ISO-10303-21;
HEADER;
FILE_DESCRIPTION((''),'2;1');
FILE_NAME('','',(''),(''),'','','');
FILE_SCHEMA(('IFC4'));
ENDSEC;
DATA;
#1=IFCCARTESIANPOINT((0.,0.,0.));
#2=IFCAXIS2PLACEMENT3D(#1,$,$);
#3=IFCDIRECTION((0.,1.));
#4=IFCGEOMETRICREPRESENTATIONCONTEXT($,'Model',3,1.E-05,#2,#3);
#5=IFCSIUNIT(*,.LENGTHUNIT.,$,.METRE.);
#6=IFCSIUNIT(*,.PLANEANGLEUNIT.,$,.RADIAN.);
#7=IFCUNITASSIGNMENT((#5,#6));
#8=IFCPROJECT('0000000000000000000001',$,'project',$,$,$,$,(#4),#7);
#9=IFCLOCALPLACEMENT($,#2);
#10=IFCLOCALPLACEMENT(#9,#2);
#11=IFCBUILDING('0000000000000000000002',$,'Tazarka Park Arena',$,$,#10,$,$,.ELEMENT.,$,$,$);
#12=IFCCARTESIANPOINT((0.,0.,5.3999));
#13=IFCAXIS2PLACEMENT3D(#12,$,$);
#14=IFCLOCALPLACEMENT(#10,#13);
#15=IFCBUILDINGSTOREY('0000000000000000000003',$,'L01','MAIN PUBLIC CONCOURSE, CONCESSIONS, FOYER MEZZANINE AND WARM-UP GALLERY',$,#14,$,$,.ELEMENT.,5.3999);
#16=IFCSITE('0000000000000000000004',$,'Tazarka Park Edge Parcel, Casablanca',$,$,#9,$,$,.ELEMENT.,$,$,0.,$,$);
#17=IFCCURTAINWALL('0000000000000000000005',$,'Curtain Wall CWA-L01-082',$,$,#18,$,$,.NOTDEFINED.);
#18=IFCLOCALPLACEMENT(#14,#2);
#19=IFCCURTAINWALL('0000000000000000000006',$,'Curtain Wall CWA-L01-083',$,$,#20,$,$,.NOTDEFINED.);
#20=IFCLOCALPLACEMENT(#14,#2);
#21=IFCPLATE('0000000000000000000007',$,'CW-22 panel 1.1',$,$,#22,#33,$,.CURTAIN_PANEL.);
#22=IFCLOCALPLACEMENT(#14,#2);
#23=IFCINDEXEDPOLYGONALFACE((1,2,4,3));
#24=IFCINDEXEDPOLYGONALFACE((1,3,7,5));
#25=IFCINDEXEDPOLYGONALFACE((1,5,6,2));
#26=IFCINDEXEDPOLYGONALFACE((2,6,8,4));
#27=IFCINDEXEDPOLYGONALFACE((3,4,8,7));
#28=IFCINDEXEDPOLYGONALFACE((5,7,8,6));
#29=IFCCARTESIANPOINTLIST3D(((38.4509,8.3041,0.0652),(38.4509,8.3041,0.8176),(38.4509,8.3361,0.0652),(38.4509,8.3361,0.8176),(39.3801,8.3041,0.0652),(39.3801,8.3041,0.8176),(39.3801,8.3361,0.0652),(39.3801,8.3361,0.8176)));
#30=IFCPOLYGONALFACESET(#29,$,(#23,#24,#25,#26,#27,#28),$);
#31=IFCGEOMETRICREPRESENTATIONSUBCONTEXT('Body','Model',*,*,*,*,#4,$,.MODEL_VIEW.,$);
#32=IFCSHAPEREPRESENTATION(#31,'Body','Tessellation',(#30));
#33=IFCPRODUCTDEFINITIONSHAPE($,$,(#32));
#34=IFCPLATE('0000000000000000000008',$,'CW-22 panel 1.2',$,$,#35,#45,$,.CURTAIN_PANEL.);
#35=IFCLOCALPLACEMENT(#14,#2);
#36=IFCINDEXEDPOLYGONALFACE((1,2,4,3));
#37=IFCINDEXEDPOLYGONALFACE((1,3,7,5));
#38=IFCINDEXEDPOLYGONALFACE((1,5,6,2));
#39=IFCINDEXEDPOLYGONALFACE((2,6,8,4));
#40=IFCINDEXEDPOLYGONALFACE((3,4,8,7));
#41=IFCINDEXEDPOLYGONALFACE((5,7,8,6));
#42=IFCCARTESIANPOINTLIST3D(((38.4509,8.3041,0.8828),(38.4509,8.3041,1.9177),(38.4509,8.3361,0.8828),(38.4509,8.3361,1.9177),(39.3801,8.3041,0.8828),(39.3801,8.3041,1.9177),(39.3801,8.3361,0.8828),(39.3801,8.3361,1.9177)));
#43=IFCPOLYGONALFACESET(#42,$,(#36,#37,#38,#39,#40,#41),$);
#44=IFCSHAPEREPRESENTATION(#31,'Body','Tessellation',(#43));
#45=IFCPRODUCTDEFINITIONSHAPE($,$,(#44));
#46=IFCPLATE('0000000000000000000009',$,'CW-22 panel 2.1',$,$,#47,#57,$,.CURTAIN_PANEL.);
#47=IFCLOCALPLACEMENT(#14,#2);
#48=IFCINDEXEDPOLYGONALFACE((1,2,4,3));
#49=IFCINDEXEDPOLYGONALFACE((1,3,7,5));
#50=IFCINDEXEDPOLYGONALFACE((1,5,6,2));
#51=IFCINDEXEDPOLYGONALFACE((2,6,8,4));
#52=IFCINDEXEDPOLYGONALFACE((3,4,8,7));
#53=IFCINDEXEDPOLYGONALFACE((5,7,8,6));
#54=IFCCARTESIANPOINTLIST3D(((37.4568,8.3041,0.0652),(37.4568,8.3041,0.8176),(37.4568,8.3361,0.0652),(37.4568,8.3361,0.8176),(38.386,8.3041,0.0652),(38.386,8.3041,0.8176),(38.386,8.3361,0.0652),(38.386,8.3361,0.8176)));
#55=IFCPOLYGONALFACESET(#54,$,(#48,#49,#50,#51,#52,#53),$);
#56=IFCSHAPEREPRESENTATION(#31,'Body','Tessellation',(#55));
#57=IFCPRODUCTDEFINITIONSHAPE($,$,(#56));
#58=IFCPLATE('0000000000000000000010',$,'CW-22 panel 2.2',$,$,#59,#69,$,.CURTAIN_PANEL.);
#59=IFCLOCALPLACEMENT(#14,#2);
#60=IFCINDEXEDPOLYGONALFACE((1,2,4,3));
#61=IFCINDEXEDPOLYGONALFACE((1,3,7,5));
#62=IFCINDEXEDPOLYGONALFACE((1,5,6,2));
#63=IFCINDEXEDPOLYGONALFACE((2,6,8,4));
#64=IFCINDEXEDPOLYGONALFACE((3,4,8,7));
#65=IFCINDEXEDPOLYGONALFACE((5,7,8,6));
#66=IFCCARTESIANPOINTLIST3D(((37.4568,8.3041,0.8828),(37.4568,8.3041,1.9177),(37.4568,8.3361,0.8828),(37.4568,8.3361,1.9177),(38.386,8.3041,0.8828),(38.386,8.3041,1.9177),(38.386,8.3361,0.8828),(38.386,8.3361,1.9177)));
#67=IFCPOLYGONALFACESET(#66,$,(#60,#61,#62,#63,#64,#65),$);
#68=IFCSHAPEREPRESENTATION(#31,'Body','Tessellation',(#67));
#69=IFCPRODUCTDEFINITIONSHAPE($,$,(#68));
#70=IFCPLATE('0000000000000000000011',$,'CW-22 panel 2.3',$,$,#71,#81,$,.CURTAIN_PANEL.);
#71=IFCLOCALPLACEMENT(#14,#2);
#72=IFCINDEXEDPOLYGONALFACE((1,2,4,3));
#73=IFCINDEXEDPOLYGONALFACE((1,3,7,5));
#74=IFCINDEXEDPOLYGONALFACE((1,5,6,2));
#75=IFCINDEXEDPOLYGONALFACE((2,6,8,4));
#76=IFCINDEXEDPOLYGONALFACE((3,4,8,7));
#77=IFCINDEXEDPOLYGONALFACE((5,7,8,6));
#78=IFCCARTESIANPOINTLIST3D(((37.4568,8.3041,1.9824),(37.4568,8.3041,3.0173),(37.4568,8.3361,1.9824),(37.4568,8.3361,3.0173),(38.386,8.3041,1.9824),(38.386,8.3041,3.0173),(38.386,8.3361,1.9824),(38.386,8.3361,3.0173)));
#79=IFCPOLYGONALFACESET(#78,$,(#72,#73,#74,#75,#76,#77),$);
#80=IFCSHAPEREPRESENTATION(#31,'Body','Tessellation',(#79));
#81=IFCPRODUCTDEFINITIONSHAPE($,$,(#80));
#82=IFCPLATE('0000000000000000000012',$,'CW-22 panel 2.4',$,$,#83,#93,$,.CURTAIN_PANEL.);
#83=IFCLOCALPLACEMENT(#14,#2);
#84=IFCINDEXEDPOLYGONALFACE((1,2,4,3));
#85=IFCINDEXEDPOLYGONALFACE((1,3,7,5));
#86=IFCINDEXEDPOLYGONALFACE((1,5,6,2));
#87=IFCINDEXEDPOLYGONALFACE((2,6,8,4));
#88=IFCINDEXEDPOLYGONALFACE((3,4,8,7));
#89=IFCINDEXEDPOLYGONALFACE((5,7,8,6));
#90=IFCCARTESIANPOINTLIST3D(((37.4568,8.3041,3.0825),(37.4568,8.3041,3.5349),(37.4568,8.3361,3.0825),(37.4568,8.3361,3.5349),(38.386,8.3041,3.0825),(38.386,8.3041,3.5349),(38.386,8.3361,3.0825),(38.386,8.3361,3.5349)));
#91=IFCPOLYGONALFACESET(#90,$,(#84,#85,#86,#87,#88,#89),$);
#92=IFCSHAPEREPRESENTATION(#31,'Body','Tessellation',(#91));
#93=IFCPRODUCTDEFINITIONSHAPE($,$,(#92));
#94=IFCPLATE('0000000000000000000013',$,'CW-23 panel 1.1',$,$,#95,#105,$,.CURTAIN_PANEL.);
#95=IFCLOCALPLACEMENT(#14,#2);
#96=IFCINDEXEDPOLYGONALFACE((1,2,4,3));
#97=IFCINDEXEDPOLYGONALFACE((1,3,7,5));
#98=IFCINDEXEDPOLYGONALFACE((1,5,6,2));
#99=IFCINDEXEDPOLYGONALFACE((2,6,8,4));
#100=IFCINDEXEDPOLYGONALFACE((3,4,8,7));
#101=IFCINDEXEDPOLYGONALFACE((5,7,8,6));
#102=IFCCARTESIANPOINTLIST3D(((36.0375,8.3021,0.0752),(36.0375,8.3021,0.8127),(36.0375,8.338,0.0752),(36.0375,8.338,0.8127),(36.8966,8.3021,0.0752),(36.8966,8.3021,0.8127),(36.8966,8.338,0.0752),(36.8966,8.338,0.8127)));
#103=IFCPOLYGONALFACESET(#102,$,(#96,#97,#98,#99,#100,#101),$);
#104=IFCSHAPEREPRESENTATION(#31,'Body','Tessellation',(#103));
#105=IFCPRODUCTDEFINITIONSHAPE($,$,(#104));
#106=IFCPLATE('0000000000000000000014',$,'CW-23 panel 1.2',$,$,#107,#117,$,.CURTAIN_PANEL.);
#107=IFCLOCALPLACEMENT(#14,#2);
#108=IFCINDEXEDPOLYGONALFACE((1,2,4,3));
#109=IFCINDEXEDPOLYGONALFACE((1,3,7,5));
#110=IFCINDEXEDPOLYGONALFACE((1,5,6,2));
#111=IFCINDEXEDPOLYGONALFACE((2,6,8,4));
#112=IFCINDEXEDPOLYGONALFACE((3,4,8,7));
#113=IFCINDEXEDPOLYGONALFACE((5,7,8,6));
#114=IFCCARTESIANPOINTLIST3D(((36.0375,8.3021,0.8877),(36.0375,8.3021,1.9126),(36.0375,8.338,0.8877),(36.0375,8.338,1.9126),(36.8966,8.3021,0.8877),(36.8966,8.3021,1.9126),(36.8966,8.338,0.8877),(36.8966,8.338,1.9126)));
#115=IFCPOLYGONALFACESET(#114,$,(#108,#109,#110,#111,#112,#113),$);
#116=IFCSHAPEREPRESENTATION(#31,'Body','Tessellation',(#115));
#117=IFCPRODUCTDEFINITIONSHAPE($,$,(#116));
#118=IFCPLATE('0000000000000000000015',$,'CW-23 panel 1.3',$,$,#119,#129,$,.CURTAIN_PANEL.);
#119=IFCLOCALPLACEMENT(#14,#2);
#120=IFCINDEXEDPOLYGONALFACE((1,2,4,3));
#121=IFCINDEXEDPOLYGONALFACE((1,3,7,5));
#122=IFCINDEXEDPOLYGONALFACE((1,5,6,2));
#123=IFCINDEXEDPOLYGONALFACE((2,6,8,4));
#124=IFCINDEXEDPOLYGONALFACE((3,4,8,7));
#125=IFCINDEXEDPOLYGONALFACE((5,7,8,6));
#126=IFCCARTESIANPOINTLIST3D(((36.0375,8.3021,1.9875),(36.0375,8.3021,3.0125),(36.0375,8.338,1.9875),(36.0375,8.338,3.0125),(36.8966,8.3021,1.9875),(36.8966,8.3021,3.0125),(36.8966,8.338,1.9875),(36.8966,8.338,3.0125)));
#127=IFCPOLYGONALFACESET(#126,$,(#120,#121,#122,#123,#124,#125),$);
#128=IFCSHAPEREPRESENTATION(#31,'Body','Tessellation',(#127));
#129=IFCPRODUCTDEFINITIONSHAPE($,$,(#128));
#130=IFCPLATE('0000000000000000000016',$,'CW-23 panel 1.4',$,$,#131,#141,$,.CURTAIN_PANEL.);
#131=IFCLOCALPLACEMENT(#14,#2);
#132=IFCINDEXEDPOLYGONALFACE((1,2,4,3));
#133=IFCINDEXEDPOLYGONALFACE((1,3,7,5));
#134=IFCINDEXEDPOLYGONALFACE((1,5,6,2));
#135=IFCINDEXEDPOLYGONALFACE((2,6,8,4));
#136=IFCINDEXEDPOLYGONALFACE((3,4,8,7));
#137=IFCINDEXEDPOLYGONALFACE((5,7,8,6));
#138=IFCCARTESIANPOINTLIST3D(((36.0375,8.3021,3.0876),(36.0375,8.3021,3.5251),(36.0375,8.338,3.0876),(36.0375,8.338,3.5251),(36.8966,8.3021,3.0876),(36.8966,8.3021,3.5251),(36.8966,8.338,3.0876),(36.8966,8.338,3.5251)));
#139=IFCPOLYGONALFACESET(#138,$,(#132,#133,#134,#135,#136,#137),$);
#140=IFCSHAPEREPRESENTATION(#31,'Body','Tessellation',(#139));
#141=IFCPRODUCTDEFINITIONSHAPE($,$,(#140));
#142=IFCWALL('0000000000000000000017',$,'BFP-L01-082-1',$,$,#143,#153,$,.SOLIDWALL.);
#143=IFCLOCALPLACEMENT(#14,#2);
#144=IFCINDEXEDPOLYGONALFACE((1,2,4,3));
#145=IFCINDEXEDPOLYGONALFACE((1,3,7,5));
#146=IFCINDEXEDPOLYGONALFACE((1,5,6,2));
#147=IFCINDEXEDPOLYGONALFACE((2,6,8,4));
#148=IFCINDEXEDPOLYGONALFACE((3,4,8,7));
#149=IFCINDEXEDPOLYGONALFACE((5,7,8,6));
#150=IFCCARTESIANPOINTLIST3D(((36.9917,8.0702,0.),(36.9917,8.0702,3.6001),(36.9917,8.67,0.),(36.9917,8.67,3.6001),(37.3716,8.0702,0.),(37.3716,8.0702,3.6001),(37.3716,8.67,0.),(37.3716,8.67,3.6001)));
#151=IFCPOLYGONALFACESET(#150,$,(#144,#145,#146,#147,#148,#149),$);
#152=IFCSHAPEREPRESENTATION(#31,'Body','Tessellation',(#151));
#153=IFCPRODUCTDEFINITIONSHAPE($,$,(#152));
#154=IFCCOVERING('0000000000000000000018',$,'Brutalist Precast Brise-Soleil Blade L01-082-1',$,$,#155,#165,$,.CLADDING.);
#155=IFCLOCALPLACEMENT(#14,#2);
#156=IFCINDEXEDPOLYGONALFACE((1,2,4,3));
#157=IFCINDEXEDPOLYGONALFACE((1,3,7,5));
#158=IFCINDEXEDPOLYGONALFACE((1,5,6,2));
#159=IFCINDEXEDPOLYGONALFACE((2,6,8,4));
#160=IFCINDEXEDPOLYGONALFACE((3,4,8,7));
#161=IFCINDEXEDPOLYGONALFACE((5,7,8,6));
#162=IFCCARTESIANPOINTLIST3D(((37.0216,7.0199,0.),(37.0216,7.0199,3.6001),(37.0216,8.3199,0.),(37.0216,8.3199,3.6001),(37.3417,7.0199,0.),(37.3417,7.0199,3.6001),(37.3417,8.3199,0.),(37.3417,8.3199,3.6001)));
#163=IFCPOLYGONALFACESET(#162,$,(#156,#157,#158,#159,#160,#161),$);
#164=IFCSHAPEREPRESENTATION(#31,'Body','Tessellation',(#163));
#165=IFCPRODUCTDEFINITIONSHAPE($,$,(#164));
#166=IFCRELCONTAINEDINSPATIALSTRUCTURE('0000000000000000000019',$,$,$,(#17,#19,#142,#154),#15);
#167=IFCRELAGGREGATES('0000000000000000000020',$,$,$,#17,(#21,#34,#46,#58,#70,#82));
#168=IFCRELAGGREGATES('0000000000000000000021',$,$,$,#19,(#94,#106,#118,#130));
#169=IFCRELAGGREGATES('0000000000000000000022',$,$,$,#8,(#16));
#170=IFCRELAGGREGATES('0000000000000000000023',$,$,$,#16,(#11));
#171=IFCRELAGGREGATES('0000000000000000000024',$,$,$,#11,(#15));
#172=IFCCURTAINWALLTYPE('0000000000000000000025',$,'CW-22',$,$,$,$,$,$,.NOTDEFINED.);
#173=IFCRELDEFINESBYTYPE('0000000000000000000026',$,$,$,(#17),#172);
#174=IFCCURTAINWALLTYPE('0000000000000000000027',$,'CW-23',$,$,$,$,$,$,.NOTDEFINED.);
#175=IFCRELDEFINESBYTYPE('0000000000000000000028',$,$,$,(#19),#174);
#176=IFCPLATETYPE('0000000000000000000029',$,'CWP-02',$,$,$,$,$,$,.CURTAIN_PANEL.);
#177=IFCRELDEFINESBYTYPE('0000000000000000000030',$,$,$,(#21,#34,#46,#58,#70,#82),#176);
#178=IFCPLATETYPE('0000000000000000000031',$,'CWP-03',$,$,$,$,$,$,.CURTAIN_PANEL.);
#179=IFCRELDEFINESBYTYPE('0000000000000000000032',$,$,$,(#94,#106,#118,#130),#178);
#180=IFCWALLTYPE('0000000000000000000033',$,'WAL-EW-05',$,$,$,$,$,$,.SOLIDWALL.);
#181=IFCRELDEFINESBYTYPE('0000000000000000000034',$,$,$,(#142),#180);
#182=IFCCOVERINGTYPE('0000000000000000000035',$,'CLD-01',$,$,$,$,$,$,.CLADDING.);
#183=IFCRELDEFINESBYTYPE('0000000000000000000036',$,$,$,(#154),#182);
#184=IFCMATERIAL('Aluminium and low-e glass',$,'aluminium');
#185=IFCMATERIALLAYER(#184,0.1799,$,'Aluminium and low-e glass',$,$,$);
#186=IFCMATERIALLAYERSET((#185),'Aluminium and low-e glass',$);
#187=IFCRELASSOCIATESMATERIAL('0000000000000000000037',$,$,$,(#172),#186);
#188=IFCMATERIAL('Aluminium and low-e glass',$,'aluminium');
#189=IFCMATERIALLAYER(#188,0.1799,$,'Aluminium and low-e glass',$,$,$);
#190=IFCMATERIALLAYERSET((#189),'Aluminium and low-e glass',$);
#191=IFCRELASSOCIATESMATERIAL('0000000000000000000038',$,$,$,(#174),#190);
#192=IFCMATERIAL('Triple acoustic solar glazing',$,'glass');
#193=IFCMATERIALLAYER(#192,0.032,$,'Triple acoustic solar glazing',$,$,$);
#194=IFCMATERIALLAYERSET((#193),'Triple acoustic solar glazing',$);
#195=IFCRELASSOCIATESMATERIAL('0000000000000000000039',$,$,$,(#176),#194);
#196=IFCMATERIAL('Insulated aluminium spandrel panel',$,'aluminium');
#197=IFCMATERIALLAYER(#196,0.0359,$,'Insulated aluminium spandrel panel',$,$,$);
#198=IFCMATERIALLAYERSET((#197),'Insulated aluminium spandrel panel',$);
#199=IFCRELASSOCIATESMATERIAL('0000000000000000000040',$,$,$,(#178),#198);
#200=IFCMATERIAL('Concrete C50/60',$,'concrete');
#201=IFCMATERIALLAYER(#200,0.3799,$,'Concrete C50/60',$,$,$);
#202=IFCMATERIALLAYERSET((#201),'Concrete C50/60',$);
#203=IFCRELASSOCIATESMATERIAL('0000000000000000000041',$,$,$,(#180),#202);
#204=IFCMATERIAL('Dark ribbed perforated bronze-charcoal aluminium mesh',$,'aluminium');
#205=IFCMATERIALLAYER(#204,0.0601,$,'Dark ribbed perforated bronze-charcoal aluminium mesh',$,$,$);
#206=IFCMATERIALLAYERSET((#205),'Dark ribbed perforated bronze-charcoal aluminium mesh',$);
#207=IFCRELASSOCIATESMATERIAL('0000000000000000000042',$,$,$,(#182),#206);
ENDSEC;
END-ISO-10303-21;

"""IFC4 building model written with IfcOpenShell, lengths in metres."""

from ifc_helpers import new_model, si_unit, direction, frame, frame_2d, origin, origin_2d, place, context, subcontext, project, spatial, rectangle, extrude, material, layer, layer_set, type_object, element, aggregate, save


model = new_model("IFC4")

# Units and contexts
model_context = context("Model", 3, precision=1e-05, world=origin(), true_north=direction((0.0, 1.0)))
body_context = subcontext(model_context, "Body", "Model", "MODEL_VIEW")
ifc_project = project(units=[si_unit("LENGTHUNIT", "METRE"), si_unit("PLANEANGLEUNIT", "RADIAN")], contexts=[model_context])

# Site, building, storey
site_placement = place(None, origin())
site = spatial("IfcSite", under=ifc_project, at=site_placement, Name="Tazarka Park Edge Parcel, Casablanca", CompositionType="ELEMENT", RefElevation=0.0)
building_placement = place(site_placement, origin())
building = spatial("IfcBuilding", under=site, at=building_placement, Name="Tazarka Park Arena", CompositionType="ELEMENT")
storey_placement = place(building_placement, frame((0.0, 0.0, 5.3999)))
storey = spatial("IfcBuildingStorey", under=building, at=storey_placement, Name="L01", Description="MAIN PUBLIC CONCOURSE, CONCESSIONS, FOYER MEZZANINE AND WARM-UP GALLERY", CompositionType="ELEMENT", Elevation=5.3999)

# Curtain walls
ifc_material_1 = material(Name="Aluminium and low-e glass", Category="aluminium")
ifc_layer_1 = layer(ifc_material_1, 0.1799, Name="Aluminium and low-e glass")
ifc_layer_set_1 = layer_set([ifc_layer_1], Name="Aluminium and low-e glass")
curtain_wall_type_1 = type_object("IfcCurtainWallType", Name="CW-22", PredefinedType="NOTDEFINED", material=ifc_layer_set_1)
curtain_wall_1_placement = place(storey_placement, origin())
curtain_wall_1 = element("IfcCurtainWall", 1, at=curtain_wall_1_placement, inside=storey, type_object=curtain_wall_type_1, Name="Curtain Wall CWA-L01-082", PredefinedType="NOTDEFINED")
ifc_material_2 = material(Name="Aluminium and low-e glass", Category="aluminium")
ifc_layer_2 = layer(ifc_material_2, 0.1799, Name="Aluminium and low-e glass")
ifc_layer_set_2 = layer_set([ifc_layer_2], Name="Aluminium and low-e glass")
curtain_wall_type_2 = type_object("IfcCurtainWallType", Name="CW-23", PredefinedType="NOTDEFINED", material=ifc_layer_set_2)
curtain_wall_2_placement = place(storey_placement, origin())
curtain_wall_2 = element("IfcCurtainWall", 2, at=curtain_wall_2_placement, inside=storey, type_object=curtain_wall_type_2, Name="Curtain Wall CWA-L01-083", PredefinedType="NOTDEFINED")

# Plates
ifc_material_3 = material(Name="Triple acoustic solar glazing", Category="glass")
ifc_layer_3 = layer(ifc_material_3, 0.032, Name="Triple acoustic solar glazing")
ifc_layer_set_3 = layer_set([ifc_layer_3], Name="Triple acoustic solar glazing")
plate_type_1 = type_object("IfcPlateType", Name="CWP-02", PredefinedType="CURTAIN_PANEL", material=ifc_layer_set_3)
plate_1_placement = place(storey_placement, frame((38.9155, 8.3201, 0.0652), z_axis=(0.0, 0.0, 1.0), x_axis=(-1.0, 0.0, 0.0)))
plate_1 = element("IfcPlate", 3, at=plate_1_placement, type_object=plate_type_1, Name="CW-22 panel 1.1", PredefinedType="CURTAIN_PANEL", context=body_context, shape_type="SweptSolid", body=[
    extrude(rectangle(XDim=0.9292, YDim=0.032, at=origin_2d()), origin(), (0.0, 0.0, 1.0), 0.7524),
])
plate_2_placement = place(storey_placement, frame((38.9155, 8.3201, 0.8828), z_axis=(0.0, 0.0, 1.0), x_axis=(-1.0, 0.0, 0.0)))
plate_2 = element("IfcPlate", 4, at=plate_2_placement, type_object=plate_type_1, Name="CW-22 panel 1.2", PredefinedType="CURTAIN_PANEL", context=body_context, shape_type="SweptSolid", body=[
    extrude(rectangle(XDim=0.9292, YDim=0.032, at=origin_2d()), origin(), (0.0, 0.0, 1.0), 1.0349),
])
plate_3_placement = place(storey_placement, frame((37.9214, 8.3201, 0.0652), z_axis=(0.0, 0.0, 1.0), x_axis=(-1.0, 0.0, 0.0)))
plate_3 = element("IfcPlate", 5, at=plate_3_placement, type_object=plate_type_1, Name="CW-22 panel 2.1", PredefinedType="CURTAIN_PANEL", context=body_context, shape_type="SweptSolid", body=[
    extrude(rectangle(XDim=0.9292, YDim=0.032, at=origin_2d()), origin(), (0.0, 0.0, 1.0), 0.7524),
])
plate_4_placement = place(storey_placement, frame((37.9214, 8.3201, 0.8828), z_axis=(0.0, 0.0, 1.0), x_axis=(-1.0, 0.0, 0.0)))
plate_4 = element("IfcPlate", 6, at=plate_4_placement, type_object=plate_type_1, Name="CW-22 panel 2.2", PredefinedType="CURTAIN_PANEL", context=body_context, shape_type="SweptSolid", body=[
    extrude(rectangle(XDim=0.9292, YDim=0.032, at=origin_2d()), origin(), (0.0, 0.0, 1.0), 1.0349),
])
plate_5_placement = place(storey_placement, frame((37.9214, 8.3201, 1.9824), z_axis=(0.0, 0.0, 1.0), x_axis=(-1.0, 0.0, 0.0)))
plate_5 = element("IfcPlate", 7, at=plate_5_placement, type_object=plate_type_1, Name="CW-22 panel 2.3", PredefinedType="CURTAIN_PANEL", context=body_context, shape_type="SweptSolid", body=[
    extrude(rectangle(XDim=0.9292, YDim=0.032, at=origin_2d()), origin(), (0.0, 0.0, 1.0), 1.0349),
])
plate_6_placement = place(storey_placement, frame((37.9214, 8.3201, 3.0825), z_axis=(0.0, 0.0, 1.0), x_axis=(-1.0, 0.0, 0.0)))
plate_6 = element("IfcPlate", 8, at=plate_6_placement, type_object=plate_type_1, Name="CW-22 panel 2.4", PredefinedType="CURTAIN_PANEL", context=body_context, shape_type="SweptSolid", body=[
    extrude(rectangle(XDim=0.9292, YDim=0.032, at=origin_2d()), origin(), (0.0, 0.0, 1.0), 0.4524),
])
aggregate(curtain_wall_1, [plate_1, plate_2, plate_3, plate_4, plate_5, plate_6])
ifc_material_4 = material(Name="Insulated aluminium spandrel panel", Category="aluminium")
ifc_layer_4 = layer(ifc_material_4, 0.0359, Name="Insulated aluminium spandrel panel")
ifc_layer_set_4 = layer_set([ifc_layer_4], Name="Insulated aluminium spandrel panel")
plate_type_2 = type_object("IfcPlateType", Name="CWP-03", PredefinedType="CURTAIN_PANEL", material=ifc_layer_set_4)
plate_7_placement = place(storey_placement, frame((36.467, 8.3201, 0.0752), z_axis=(0.0, 0.0, 1.0), x_axis=(-1.0, 0.0, 0.0)))
plate_7 = element("IfcPlate", 9, at=plate_7_placement, type_object=plate_type_2, Name="CW-23 panel 1.1", PredefinedType="CURTAIN_PANEL", context=body_context, shape_type="SweptSolid", body=[
    extrude(rectangle(XDim=0.8591, YDim=0.0359, at=origin_2d()), origin(), (0.0, 0.0, 1.0), 0.7375),
])
plate_8_placement = place(storey_placement, frame((36.467, 8.3201, 0.8877), z_axis=(0.0, 0.0, 1.0), x_axis=(-1.0, 0.0, 0.0)))
plate_8 = element("IfcPlate", 10, at=plate_8_placement, type_object=plate_type_2, Name="CW-23 panel 1.2", PredefinedType="CURTAIN_PANEL", context=body_context, shape_type="SweptSolid", body=[
    extrude(rectangle(XDim=0.8591, YDim=0.0359, at=origin_2d()), origin(), (0.0, 0.0, 1.0), 1.0249),
])
plate_9_placement = place(storey_placement, frame((36.467, 8.3201, 1.9875), z_axis=(0.0, 0.0, 1.0), x_axis=(-1.0, 0.0, 0.0)))
plate_9 = element("IfcPlate", 11, at=plate_9_placement, type_object=plate_type_2, Name="CW-23 panel 1.3", PredefinedType="CURTAIN_PANEL", context=body_context, shape_type="SweptSolid", body=[
    extrude(rectangle(XDim=0.8591, YDim=0.0359, at=origin_2d()), origin(), (0.0, 0.0, 1.0), 1.0249),
])
plate_10_placement = place(storey_placement, frame((36.467, 8.3201, 3.0876), z_axis=(0.0, 0.0, 1.0), x_axis=(-1.0, 0.0, 0.0)))
plate_10 = element("IfcPlate", 12, at=plate_10_placement, type_object=plate_type_2, Name="CW-23 panel 1.4", PredefinedType="CURTAIN_PANEL", context=body_context, shape_type="SweptSolid", body=[
    extrude(rectangle(XDim=0.8591, YDim=0.0359, at=origin_2d()), origin(), (0.0, 0.0, 1.0), 0.4375),
])
aggregate(curtain_wall_2, [plate_7, plate_8, plate_9, plate_10])

# Wall
ifc_material_5 = material(Name="Concrete C50/60", Category="concrete")
ifc_layer_5 = layer(ifc_material_5, 0.3799, Name="Concrete C50/60")
ifc_layer_set_5 = layer_set([ifc_layer_5], Name="Concrete C50/60")
wall_type = type_object("IfcWallType", Name="WAL-EW-05", PredefinedType="SOLIDWALL", material=ifc_layer_set_5)
wall_placement = place(storey_placement, frame((37.1816, 8.6699, 0.0), z_axis=(0.0, 0.0, 1.0), x_axis=(0.0, -1.0, 0.0)))
element("IfcWall", 13, at=wall_placement, inside=storey, type_object=wall_type, Name="BFP-L01-082-1", PredefinedType="SOLIDWALL", context=body_context, shape_type="SweptSolid", body=[
    extrude(rectangle(XDim=0.5999, YDim=0.3799, at=frame_2d((0.2998, 0.0))), origin(), (0.0, 0.0, 1.0), 3.6001),
])

# Covering
ifc_material_6 = material(Name="Dark ribbed perforated bronze-charcoal aluminium mesh", Category="aluminium")
ifc_layer_6 = layer(ifc_material_6, 0.0601, Name="Dark ribbed perforated bronze-charcoal aluminium mesh")
ifc_layer_set_6 = layer_set([ifc_layer_6], Name="Dark ribbed perforated bronze-charcoal aluminium mesh")
covering_type = type_object("IfcCoveringType", Name="CLD-01", PredefinedType="CLADDING", material=ifc_layer_set_6)
covering_placement = place(storey_placement, frame((37.1816, 7.6699, 0.0), z_axis=(0.0, 0.0, 1.0), x_axis=(-1.0, 0.0, 0.0)))
element("IfcCovering", 14, at=covering_placement, inside=storey, type_object=covering_type, Name="Brutalist Precast Brise-Soleil Blade L01-082-1", PredefinedType="CLADDING", context=body_context, shape_type="SweptSolid", body=[
    extrude(rectangle(XDim=0.3201, YDim=1.3, at=origin_2d()), origin(), (0.0, 0.0, 1.0), 3.6001),
])

save(model, "model.ifc")
